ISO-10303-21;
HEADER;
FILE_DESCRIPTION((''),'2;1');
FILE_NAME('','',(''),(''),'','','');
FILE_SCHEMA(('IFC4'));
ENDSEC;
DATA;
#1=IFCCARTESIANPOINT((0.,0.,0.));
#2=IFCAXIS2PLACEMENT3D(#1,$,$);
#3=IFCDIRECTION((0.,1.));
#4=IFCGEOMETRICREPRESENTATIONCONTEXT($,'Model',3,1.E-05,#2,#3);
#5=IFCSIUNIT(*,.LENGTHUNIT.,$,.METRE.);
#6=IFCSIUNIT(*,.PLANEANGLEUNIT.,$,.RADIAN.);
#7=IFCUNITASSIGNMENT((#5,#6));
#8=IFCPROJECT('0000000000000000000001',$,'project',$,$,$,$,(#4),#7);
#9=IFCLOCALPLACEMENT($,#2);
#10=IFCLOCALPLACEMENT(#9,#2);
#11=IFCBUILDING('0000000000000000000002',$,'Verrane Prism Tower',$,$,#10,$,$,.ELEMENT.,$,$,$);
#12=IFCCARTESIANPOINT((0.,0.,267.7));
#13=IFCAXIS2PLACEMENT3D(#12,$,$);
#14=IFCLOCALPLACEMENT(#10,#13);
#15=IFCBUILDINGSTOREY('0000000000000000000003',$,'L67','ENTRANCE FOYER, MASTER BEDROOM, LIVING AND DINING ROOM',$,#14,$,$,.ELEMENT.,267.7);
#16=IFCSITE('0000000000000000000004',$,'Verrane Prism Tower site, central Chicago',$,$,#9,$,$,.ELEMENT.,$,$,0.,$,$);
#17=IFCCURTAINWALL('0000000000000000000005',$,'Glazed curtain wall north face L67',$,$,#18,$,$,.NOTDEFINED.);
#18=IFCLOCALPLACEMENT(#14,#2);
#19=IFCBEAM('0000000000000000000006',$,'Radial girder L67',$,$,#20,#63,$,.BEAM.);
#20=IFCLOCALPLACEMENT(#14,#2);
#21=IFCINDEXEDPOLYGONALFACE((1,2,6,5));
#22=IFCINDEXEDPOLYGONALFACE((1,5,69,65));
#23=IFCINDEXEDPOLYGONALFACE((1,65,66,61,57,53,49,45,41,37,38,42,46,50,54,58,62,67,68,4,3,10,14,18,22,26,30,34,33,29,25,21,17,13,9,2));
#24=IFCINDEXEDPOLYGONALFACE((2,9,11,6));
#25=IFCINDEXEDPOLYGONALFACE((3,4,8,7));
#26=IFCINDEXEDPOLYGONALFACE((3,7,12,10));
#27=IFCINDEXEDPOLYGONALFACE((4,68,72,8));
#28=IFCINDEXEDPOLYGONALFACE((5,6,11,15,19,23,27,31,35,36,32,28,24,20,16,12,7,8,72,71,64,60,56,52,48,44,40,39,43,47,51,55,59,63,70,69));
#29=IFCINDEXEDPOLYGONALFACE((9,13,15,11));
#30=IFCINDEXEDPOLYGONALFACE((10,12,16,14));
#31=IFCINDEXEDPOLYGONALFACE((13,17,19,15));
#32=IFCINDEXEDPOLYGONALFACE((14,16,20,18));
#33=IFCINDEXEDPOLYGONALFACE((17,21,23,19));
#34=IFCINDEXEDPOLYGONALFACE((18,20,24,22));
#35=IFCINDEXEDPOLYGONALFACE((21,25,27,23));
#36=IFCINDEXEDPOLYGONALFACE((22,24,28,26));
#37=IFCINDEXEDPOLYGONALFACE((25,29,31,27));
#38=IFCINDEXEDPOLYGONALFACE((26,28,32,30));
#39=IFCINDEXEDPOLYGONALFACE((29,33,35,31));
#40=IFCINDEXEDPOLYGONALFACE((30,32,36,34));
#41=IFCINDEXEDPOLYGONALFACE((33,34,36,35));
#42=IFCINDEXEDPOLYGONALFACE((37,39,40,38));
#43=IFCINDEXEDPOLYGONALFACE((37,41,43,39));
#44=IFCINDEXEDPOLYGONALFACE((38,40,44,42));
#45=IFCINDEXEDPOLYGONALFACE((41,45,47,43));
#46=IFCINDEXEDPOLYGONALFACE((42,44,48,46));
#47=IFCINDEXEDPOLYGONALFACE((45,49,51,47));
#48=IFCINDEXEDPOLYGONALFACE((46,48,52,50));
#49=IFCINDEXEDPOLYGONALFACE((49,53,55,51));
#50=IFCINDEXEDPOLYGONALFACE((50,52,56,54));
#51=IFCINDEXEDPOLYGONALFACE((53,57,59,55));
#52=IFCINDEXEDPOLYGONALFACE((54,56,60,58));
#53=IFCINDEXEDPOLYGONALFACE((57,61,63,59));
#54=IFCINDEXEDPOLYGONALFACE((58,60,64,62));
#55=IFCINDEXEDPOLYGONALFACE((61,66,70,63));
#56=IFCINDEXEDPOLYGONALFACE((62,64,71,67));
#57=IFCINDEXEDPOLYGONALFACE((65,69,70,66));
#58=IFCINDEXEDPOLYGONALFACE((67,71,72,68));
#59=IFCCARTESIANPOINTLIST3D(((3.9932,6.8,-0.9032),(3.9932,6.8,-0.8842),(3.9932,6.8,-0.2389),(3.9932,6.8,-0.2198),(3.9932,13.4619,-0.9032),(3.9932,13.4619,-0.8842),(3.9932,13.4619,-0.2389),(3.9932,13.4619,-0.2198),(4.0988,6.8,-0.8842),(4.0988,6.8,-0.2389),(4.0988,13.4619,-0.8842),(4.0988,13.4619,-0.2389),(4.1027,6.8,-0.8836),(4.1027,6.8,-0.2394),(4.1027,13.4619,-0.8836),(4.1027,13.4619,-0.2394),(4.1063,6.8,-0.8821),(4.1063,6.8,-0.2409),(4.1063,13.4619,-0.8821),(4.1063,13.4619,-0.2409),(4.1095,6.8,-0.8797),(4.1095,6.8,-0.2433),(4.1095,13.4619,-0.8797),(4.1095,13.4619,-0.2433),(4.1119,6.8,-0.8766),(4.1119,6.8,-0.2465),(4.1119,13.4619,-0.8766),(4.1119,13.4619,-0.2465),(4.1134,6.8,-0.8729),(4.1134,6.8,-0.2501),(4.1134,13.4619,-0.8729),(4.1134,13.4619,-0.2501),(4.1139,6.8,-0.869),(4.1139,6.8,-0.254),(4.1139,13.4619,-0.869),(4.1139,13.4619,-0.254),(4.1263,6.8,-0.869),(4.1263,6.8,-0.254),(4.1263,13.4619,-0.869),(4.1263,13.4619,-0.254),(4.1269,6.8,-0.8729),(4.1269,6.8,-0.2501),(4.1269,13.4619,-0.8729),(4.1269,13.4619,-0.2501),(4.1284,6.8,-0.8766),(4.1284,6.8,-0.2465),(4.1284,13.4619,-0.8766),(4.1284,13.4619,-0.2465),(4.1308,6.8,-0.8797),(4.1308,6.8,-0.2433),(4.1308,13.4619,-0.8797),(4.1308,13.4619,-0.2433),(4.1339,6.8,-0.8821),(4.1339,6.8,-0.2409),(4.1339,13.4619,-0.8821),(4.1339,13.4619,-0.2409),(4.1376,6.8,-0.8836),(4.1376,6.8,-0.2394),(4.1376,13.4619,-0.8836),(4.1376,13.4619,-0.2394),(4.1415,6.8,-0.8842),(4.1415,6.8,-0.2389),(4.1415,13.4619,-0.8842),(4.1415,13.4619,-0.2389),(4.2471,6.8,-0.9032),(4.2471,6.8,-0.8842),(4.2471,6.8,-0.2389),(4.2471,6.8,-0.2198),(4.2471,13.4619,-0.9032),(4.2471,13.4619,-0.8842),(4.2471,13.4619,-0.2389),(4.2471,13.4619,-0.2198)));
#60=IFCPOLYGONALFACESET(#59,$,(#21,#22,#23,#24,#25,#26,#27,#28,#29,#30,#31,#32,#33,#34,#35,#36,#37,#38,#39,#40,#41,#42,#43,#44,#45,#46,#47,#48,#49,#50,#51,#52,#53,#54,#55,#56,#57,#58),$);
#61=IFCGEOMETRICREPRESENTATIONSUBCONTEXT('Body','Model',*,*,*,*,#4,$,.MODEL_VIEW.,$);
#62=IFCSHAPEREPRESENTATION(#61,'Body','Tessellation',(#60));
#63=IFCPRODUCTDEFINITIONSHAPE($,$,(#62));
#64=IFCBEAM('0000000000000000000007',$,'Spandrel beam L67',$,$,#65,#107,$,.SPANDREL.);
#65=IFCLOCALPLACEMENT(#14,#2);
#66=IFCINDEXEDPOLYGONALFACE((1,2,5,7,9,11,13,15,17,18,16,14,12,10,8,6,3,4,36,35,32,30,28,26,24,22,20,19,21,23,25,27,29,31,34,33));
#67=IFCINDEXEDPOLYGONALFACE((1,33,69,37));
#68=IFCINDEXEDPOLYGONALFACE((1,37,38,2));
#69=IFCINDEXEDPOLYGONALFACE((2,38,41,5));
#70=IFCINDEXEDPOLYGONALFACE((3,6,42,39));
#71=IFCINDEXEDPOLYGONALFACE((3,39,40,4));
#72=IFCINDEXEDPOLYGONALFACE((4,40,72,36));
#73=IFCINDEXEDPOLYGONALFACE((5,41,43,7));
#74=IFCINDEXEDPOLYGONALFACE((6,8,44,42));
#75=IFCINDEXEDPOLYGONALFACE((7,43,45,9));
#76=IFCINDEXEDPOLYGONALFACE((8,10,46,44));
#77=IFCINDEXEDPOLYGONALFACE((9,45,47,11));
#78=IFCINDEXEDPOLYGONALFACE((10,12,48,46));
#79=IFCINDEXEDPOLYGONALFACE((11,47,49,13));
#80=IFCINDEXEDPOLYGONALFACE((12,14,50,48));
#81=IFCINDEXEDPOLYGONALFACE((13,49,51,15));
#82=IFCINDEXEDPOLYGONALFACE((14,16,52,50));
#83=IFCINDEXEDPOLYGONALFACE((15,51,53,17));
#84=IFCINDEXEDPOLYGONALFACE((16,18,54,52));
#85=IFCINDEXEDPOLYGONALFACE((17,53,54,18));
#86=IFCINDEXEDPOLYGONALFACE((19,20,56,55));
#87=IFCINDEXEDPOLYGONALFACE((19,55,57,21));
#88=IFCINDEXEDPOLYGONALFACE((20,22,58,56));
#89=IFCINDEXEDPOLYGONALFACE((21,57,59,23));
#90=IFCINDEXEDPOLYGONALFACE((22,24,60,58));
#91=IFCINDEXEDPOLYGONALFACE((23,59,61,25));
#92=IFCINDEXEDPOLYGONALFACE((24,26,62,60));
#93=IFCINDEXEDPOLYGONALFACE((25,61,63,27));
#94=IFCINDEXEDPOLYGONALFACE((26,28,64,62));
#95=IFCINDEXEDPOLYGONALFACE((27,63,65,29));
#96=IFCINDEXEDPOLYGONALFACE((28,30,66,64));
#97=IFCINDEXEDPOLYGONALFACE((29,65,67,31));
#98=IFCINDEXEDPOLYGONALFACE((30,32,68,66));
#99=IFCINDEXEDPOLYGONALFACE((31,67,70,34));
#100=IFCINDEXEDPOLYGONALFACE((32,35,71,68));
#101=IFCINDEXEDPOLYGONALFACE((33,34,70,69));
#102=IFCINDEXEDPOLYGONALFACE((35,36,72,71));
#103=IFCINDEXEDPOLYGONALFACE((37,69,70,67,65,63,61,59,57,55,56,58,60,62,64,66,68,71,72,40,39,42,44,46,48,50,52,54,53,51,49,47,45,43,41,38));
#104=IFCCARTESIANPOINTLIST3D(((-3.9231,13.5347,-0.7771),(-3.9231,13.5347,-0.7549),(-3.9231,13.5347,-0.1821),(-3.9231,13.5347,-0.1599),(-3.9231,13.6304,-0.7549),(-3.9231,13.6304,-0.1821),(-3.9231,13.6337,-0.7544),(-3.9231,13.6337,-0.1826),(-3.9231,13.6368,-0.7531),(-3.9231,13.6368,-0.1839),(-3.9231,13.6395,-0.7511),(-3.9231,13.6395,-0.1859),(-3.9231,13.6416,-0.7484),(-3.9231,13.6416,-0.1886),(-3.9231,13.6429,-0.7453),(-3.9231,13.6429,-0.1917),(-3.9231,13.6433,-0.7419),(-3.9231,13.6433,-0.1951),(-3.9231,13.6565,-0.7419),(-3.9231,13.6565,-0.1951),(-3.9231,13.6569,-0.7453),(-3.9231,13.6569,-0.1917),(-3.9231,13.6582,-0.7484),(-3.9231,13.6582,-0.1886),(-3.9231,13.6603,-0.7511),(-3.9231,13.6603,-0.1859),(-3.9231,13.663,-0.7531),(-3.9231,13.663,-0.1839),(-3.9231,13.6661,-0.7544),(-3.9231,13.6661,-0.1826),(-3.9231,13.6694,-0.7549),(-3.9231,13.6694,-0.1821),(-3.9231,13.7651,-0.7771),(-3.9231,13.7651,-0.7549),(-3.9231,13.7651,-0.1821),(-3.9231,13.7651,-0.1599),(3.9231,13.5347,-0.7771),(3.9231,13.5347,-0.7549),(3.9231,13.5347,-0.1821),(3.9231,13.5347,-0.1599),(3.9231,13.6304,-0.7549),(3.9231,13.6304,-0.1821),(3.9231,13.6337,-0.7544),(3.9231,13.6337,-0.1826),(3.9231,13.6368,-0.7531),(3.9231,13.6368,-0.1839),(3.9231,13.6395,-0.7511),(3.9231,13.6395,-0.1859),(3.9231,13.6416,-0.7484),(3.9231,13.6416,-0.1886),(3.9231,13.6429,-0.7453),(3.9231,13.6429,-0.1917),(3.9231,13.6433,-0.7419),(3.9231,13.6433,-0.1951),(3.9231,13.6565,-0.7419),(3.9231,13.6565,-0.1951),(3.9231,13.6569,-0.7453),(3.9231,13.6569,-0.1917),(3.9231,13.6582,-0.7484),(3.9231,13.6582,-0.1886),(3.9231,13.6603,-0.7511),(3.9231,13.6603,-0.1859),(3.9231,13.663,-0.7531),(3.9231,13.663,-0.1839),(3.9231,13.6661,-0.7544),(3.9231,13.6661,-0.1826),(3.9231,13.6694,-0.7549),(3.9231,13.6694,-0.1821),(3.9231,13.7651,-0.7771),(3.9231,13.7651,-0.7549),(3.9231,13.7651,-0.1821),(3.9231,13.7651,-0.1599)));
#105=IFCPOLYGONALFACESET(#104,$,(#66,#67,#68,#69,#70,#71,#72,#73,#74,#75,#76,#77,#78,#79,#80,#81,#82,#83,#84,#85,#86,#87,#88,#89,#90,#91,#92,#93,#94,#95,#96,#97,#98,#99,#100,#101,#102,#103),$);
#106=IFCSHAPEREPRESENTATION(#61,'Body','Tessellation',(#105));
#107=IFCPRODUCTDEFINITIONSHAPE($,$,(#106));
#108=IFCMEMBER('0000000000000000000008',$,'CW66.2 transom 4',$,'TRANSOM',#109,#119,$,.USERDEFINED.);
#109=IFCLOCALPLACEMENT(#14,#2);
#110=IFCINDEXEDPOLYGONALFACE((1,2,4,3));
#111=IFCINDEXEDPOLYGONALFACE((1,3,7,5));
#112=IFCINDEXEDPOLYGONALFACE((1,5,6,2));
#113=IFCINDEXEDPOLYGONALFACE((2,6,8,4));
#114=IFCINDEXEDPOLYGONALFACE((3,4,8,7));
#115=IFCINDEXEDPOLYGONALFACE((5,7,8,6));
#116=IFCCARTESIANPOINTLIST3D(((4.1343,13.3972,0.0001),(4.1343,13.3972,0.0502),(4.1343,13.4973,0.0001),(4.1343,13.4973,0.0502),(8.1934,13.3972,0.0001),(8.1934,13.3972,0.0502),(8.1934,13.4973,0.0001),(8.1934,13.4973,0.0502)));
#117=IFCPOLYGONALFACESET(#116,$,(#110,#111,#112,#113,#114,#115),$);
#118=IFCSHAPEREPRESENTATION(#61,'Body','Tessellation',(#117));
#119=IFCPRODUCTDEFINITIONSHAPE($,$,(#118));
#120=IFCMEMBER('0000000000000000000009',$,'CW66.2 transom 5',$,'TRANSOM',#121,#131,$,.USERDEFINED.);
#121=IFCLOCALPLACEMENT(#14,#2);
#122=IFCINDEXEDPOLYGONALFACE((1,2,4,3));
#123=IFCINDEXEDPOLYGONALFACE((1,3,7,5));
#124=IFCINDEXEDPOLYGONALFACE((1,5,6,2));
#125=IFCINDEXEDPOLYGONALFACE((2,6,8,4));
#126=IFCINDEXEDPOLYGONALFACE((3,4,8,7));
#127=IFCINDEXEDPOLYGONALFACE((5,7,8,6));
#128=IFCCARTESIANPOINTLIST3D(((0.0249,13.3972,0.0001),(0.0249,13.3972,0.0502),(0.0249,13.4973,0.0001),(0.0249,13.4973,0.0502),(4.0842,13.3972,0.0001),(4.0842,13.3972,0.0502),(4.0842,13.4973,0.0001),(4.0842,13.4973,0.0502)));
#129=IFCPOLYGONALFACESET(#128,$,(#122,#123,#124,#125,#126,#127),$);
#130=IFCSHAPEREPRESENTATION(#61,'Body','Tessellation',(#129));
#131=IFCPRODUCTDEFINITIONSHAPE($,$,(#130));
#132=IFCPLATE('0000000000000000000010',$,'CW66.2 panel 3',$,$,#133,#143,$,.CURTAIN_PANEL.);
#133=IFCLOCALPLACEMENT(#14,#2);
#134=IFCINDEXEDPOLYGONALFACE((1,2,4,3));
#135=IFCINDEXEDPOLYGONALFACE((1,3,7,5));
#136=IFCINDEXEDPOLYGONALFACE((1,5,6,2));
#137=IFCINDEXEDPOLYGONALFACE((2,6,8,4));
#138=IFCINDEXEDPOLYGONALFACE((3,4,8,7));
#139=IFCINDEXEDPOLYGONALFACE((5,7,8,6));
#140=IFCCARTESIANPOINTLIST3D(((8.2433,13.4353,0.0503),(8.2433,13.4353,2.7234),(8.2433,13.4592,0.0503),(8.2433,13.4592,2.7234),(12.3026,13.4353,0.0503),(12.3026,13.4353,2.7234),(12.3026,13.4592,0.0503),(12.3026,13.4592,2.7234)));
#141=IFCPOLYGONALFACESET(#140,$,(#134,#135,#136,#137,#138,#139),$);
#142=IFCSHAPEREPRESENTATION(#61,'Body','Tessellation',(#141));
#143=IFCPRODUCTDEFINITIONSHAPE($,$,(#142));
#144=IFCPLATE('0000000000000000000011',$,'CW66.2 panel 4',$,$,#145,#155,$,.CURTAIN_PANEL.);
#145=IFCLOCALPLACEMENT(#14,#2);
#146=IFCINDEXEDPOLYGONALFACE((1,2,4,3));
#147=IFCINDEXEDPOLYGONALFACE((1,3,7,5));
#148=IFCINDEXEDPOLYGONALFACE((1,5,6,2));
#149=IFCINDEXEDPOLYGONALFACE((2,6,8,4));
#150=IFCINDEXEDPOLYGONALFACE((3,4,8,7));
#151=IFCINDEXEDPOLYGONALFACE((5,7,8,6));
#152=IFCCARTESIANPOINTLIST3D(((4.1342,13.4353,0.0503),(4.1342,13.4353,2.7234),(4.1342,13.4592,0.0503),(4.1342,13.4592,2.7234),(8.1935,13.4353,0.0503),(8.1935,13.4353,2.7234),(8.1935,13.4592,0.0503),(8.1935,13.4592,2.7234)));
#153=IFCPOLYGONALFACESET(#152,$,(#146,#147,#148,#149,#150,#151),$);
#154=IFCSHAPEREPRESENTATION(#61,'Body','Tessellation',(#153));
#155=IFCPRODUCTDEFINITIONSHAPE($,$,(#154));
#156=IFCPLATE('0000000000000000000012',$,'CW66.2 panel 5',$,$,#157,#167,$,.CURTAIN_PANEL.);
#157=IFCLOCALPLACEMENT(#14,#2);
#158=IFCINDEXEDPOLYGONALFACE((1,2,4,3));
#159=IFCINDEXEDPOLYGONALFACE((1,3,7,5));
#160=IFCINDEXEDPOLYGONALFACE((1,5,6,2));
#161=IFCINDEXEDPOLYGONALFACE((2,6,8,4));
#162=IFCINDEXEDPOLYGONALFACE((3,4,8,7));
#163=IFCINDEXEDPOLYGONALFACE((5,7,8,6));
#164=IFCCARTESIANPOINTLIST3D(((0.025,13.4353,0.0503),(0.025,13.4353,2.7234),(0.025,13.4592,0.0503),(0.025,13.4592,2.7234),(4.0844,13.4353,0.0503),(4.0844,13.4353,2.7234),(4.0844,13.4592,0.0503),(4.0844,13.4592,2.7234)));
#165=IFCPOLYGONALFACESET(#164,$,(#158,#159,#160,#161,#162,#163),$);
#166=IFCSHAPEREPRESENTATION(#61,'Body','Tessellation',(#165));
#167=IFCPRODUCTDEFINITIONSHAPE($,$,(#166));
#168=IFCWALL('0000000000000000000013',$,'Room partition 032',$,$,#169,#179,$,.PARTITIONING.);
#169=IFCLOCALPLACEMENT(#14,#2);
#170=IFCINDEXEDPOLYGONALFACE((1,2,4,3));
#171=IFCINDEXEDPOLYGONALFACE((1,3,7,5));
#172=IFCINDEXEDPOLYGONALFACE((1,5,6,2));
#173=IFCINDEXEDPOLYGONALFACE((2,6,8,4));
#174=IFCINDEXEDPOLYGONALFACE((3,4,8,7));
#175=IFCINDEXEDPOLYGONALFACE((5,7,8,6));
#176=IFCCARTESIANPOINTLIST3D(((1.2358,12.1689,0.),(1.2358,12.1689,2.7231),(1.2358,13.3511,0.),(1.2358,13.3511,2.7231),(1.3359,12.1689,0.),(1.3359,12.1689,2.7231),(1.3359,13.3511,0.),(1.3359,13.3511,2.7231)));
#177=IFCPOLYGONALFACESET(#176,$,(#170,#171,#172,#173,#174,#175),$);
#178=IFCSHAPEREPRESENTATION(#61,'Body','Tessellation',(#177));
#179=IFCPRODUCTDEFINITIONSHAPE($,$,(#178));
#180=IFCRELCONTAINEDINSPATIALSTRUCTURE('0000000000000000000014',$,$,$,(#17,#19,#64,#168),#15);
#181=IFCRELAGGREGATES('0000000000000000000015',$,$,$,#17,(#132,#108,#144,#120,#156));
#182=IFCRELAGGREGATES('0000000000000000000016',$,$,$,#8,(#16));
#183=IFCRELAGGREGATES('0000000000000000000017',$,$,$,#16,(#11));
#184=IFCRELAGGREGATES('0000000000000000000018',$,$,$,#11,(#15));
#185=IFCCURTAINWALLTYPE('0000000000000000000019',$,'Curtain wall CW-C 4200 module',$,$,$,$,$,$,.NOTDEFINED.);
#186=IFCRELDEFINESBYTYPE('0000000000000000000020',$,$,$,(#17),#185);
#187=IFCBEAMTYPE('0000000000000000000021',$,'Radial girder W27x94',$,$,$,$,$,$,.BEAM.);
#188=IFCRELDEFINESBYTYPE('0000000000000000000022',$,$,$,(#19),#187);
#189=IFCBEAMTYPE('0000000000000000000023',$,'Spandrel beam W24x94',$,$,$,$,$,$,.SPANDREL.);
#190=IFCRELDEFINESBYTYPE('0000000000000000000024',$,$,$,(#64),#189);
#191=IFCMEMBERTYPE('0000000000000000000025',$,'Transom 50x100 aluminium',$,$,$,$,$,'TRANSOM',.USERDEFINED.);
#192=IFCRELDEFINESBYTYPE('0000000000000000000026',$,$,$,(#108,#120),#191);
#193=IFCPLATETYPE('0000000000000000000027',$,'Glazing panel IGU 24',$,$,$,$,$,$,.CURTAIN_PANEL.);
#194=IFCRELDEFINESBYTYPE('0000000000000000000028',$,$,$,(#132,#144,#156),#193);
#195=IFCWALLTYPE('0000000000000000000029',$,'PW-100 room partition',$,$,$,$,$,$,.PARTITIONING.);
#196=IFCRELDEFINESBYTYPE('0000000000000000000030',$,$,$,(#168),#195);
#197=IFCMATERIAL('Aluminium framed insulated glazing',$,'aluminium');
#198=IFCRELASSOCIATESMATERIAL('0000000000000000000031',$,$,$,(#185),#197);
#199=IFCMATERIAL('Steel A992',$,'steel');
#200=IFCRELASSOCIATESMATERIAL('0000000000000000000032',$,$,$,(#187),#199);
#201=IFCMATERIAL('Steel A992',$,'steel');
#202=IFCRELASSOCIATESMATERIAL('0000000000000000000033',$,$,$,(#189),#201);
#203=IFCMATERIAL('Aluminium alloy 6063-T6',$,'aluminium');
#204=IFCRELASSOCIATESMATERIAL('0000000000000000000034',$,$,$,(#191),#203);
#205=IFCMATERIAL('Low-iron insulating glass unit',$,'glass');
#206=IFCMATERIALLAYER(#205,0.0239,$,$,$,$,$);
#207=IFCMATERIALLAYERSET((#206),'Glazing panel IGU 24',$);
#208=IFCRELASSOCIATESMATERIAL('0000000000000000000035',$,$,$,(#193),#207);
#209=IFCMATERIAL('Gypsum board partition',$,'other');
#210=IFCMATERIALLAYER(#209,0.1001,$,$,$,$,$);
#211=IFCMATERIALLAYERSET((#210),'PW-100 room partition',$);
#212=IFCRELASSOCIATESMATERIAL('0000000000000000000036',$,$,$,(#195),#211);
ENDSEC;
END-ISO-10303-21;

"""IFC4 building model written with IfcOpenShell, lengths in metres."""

from ifc_helpers import new_model, si_unit, direction, frame, frame_2d, origin, origin_2d, place, context, subcontext, project, spatial, rectangle, i_section, extrude, material, layer, layer_set, material_profile, profile_set, type_object, element, aggregate, save


model = new_model("IFC4")

# Units and contexts
model_context = context("Model", 3, precision=1e-05, world=origin(), true_north=direction((0.0, 1.0)))
body_context = subcontext(model_context, "Body", "Model", "MODEL_VIEW")
ifc_project = project(units=[si_unit("LENGTHUNIT", "METRE"), si_unit("PLANEANGLEUNIT", "RADIAN")], contexts=[model_context])

# Site, building, storey
site_placement = place(None, origin())
site = spatial("IfcSite", under=ifc_project, at=site_placement, Name="Verrane Prism Tower site, central Chicago", CompositionType="ELEMENT", RefElevation=0.0)
building_placement = place(site_placement, origin())
building = spatial("IfcBuilding", under=site, at=building_placement, Name="Verrane Prism Tower", CompositionType="ELEMENT")
storey_placement = place(building_placement, frame((0.0, 0.0, 267.7)))
storey = spatial("IfcBuildingStorey", under=building, at=storey_placement, Name="L67", Description="ENTRANCE FOYER, MASTER BEDROOM, LIVING AND DINING ROOM", CompositionType="ELEMENT", Elevation=267.7)

# Curtain wall
ifc_material_1 = material(Name="Aluminium framed insulated glazing", Category="aluminium")
curtain_wall_type = type_object("IfcCurtainWallType", Name="Curtain wall CW-C 4200 module", PredefinedType="NOTDEFINED", material=ifc_material_1)
curtain_wall_placement = place(storey_placement, origin())
curtain_wall = element("IfcCurtainWall", 1, at=curtain_wall_placement, inside=storey, type_object=curtain_wall_type, Name="Glazed curtain wall north face L67", PredefinedType="NOTDEFINED")

# Beams
ifc_material_2 = material(Name="Steel A992", Category="steel")
ifc_material_profile_1 = material_profile(ifc_material_2, i_section(OverallWidth=0.2539, OverallDepth=0.6833, WebThickness=0.0125, FlangeThickness=0.019, FilletRadius=0.0151, at=origin_2d()), Name="W27x94")
ifc_profile_set_1 = profile_set([ifc_material_profile_1], Name="Steel A992")
beam_type_1 = type_object("IfcBeamType", Name="Radial girder W27x94", PredefinedType="BEAM", material=ifc_profile_set_1)
beam_1_placement = place(storey_placement, frame((4.1201, 13.4619, -0.5615), z_axis=(0.0, -1.0, 0.0), x_axis=(1.0, 0.0, 0.0)))
element("IfcBeam", 2, at=beam_1_placement, inside=storey, type_object=beam_type_1, Name="Radial girder L67", PredefinedType="BEAM", context=body_context, shape_type="SweptSolid", body=[
    extrude(i_section(OverallWidth=0.2539, OverallDepth=0.6833, WebThickness=0.0125, FlangeThickness=0.019, FilletRadius=0.0151, at=origin_2d()), origin(), (0.0, 0.0, 1.0), 6.6619),
])
ifc_material_3 = material(Name="Steel A992", Category="steel")
ifc_material_profile_2 = material_profile(ifc_material_3, i_section(OverallWidth=0.2305, OverallDepth=0.6172, WebThickness=0.0132, FlangeThickness=0.0222, FilletRadius=0.0129, at=origin_2d()), Name="W24x94")
ifc_profile_set_2 = profile_set([ifc_material_profile_2], Name="Steel A992")
beam_type_2 = type_object("IfcBeamType", Name="Spandrel beam W24x94", PredefinedType="SPANDREL", material=ifc_profile_set_2)
beam_2_placement = place(storey_placement, frame((3.9231, 13.6499, -0.4685), z_axis=(-1.0, 0.0, 0.0), x_axis=(0.0, -1.0, 0.0)))
element("IfcBeam", 3, at=beam_2_placement, inside=storey, type_object=beam_type_2, Name="Spandrel beam L67", PredefinedType="SPANDREL", context=body_context, shape_type="SweptSolid", body=[
    extrude(i_section(OverallWidth=0.2305, OverallDepth=0.6172, WebThickness=0.0132, FlangeThickness=0.0222, FilletRadius=0.0129, at=origin_2d()), origin(), (0.0, 0.0, 1.0), 7.8462),
])

# Members
ifc_material_4 = material(Name="Aluminium alloy 6063-T6", Category="aluminium")
ifc_material_profile_3 = material_profile(ifc_material_4, rectangle(XDim=0.1001, YDim=0.05, at=origin_2d()), Name="Transom 50x100 aluminium")
ifc_profile_set_3 = profile_set([ifc_material_profile_3], Name="Aluminium alloy 6063-T6")
member_type_1 = type_object("IfcMemberType", Name="Transom 50x100 aluminium", ElementType="TRANSOM", PredefinedType="USERDEFINED", material=ifc_profile_set_3)
member_1_placement = place(storey_placement, frame((8.1934, 13.4473, 0.0251), z_axis=(-1.0, 0.0, 0.0), x_axis=(0.0, -1.0, 0.0)))
member_1 = element("IfcMember", 4, at=member_1_placement, type_object=member_type_1, Name="CW66.2 transom 4", ObjectType="TRANSOM", PredefinedType="USERDEFINED", context=body_context, shape_type="SweptSolid", body=[
    extrude(rectangle(XDim=0.1001, YDim=0.05, at=origin_2d()), origin(), (0.0, 0.0, 1.0), 4.0591),
])
member_2_placement = place(storey_placement, frame((4.0842, 13.4473, 0.0251), z_axis=(-1.0, 0.0, 0.0), x_axis=(0.0, -1.0, 0.0)))
member_2 = element("IfcMember", 5, at=member_2_placement, type_object=member_type_1, Name="CW66.2 transom 5", ObjectType="TRANSOM", PredefinedType="USERDEFINED", context=body_context, shape_type="SweptSolid", body=[
    extrude(rectangle(XDim=0.1001, YDim=0.05, at=origin_2d()), origin(), (0.0, 0.0, 1.0), 4.0593),
])

# Plates
ifc_material_5 = material(Name="Low-iron insulating glass unit", Category="glass")
ifc_layer_1 = layer(ifc_material_5, 0.0239)
ifc_layer_set_1 = layer_set([ifc_layer_1], Name="Glazing panel IGU 24")
plate_type = type_object("IfcPlateType", Name="Glazing panel IGU 24", PredefinedType="CURTAIN_PANEL", material=ifc_layer_set_1)
plate_1_placement = place(storey_placement, frame((10.2729, 13.4473, 0.0503), z_axis=(0.0, 0.0, 1.0), x_axis=(-1.0, 0.0, 0.0)))
plate_1 = element("IfcPlate", 6, at=plate_1_placement, type_object=plate_type, Name="CW66.2 panel 3", PredefinedType="CURTAIN_PANEL", context=body_context, shape_type="SweptSolid", body=[
    extrude(rectangle(XDim=4.0593, YDim=0.0239, at=origin_2d()), origin(), (0.0, 0.0, 1.0), 2.6731),
])
plate_2_placement = place(storey_placement, frame((6.1638, 13.4473, 0.0503), z_axis=(0.0, 0.0, 1.0), x_axis=(-1.0, 0.0, 0.0)))
plate_2 = element("IfcPlate", 7, at=plate_2_placement, type_object=plate_type, Name="CW66.2 panel 4", PredefinedType="CURTAIN_PANEL", context=body_context, shape_type="SweptSolid", body=[
    extrude(rectangle(XDim=4.0593, YDim=0.0239, at=origin_2d()), origin(), (0.0, 0.0, 1.0), 2.6731),
])
plate_3_placement = place(storey_placement, frame((2.0547, 13.4473, 0.0503), z_axis=(0.0, 0.0, 1.0), x_axis=(-1.0, 0.0, 0.0)))
plate_3 = element("IfcPlate", 8, at=plate_3_placement, type_object=plate_type, Name="CW66.2 panel 5", PredefinedType="CURTAIN_PANEL", context=body_context, shape_type="SweptSolid", body=[
    extrude(rectangle(XDim=4.0593, YDim=0.0239, at=origin_2d()), origin(), (0.0, 0.0, 1.0), 2.6731),
])
aggregate(curtain_wall, [plate_1, member_1, plate_2, member_2, plate_3])

# Wall
ifc_material_6 = material(Name="Gypsum board partition", Category="other")
ifc_layer_2 = layer(ifc_material_6, 0.1001)
ifc_layer_set_2 = layer_set([ifc_layer_2], Name="PW-100 room partition")
wall_type_1 = type_object("IfcWallType", Name="PW-100 room partition", PredefinedType="PARTITIONING", material=ifc_layer_set_2)
wall_1_placement = place(storey_placement, frame((1.2859, 12.1689, 0.0), z_axis=(0.0, 0.0, 1.0), x_axis=(0.0, 1.0, 0.0)))
element("IfcWall", 9, at=wall_1_placement, inside=storey, type_object=wall_type_1, Name="Room partition 032", PredefinedType="PARTITIONING", context=body_context, shape_type="SweptSolid", body=[
    extrude(rectangle(XDim=1.1821, YDim=0.1001, at=frame_2d((0.5911, 0.0))), origin(), (0.0, 0.0, 1.0), 2.7231),
])

save(model, "model.ifc")
